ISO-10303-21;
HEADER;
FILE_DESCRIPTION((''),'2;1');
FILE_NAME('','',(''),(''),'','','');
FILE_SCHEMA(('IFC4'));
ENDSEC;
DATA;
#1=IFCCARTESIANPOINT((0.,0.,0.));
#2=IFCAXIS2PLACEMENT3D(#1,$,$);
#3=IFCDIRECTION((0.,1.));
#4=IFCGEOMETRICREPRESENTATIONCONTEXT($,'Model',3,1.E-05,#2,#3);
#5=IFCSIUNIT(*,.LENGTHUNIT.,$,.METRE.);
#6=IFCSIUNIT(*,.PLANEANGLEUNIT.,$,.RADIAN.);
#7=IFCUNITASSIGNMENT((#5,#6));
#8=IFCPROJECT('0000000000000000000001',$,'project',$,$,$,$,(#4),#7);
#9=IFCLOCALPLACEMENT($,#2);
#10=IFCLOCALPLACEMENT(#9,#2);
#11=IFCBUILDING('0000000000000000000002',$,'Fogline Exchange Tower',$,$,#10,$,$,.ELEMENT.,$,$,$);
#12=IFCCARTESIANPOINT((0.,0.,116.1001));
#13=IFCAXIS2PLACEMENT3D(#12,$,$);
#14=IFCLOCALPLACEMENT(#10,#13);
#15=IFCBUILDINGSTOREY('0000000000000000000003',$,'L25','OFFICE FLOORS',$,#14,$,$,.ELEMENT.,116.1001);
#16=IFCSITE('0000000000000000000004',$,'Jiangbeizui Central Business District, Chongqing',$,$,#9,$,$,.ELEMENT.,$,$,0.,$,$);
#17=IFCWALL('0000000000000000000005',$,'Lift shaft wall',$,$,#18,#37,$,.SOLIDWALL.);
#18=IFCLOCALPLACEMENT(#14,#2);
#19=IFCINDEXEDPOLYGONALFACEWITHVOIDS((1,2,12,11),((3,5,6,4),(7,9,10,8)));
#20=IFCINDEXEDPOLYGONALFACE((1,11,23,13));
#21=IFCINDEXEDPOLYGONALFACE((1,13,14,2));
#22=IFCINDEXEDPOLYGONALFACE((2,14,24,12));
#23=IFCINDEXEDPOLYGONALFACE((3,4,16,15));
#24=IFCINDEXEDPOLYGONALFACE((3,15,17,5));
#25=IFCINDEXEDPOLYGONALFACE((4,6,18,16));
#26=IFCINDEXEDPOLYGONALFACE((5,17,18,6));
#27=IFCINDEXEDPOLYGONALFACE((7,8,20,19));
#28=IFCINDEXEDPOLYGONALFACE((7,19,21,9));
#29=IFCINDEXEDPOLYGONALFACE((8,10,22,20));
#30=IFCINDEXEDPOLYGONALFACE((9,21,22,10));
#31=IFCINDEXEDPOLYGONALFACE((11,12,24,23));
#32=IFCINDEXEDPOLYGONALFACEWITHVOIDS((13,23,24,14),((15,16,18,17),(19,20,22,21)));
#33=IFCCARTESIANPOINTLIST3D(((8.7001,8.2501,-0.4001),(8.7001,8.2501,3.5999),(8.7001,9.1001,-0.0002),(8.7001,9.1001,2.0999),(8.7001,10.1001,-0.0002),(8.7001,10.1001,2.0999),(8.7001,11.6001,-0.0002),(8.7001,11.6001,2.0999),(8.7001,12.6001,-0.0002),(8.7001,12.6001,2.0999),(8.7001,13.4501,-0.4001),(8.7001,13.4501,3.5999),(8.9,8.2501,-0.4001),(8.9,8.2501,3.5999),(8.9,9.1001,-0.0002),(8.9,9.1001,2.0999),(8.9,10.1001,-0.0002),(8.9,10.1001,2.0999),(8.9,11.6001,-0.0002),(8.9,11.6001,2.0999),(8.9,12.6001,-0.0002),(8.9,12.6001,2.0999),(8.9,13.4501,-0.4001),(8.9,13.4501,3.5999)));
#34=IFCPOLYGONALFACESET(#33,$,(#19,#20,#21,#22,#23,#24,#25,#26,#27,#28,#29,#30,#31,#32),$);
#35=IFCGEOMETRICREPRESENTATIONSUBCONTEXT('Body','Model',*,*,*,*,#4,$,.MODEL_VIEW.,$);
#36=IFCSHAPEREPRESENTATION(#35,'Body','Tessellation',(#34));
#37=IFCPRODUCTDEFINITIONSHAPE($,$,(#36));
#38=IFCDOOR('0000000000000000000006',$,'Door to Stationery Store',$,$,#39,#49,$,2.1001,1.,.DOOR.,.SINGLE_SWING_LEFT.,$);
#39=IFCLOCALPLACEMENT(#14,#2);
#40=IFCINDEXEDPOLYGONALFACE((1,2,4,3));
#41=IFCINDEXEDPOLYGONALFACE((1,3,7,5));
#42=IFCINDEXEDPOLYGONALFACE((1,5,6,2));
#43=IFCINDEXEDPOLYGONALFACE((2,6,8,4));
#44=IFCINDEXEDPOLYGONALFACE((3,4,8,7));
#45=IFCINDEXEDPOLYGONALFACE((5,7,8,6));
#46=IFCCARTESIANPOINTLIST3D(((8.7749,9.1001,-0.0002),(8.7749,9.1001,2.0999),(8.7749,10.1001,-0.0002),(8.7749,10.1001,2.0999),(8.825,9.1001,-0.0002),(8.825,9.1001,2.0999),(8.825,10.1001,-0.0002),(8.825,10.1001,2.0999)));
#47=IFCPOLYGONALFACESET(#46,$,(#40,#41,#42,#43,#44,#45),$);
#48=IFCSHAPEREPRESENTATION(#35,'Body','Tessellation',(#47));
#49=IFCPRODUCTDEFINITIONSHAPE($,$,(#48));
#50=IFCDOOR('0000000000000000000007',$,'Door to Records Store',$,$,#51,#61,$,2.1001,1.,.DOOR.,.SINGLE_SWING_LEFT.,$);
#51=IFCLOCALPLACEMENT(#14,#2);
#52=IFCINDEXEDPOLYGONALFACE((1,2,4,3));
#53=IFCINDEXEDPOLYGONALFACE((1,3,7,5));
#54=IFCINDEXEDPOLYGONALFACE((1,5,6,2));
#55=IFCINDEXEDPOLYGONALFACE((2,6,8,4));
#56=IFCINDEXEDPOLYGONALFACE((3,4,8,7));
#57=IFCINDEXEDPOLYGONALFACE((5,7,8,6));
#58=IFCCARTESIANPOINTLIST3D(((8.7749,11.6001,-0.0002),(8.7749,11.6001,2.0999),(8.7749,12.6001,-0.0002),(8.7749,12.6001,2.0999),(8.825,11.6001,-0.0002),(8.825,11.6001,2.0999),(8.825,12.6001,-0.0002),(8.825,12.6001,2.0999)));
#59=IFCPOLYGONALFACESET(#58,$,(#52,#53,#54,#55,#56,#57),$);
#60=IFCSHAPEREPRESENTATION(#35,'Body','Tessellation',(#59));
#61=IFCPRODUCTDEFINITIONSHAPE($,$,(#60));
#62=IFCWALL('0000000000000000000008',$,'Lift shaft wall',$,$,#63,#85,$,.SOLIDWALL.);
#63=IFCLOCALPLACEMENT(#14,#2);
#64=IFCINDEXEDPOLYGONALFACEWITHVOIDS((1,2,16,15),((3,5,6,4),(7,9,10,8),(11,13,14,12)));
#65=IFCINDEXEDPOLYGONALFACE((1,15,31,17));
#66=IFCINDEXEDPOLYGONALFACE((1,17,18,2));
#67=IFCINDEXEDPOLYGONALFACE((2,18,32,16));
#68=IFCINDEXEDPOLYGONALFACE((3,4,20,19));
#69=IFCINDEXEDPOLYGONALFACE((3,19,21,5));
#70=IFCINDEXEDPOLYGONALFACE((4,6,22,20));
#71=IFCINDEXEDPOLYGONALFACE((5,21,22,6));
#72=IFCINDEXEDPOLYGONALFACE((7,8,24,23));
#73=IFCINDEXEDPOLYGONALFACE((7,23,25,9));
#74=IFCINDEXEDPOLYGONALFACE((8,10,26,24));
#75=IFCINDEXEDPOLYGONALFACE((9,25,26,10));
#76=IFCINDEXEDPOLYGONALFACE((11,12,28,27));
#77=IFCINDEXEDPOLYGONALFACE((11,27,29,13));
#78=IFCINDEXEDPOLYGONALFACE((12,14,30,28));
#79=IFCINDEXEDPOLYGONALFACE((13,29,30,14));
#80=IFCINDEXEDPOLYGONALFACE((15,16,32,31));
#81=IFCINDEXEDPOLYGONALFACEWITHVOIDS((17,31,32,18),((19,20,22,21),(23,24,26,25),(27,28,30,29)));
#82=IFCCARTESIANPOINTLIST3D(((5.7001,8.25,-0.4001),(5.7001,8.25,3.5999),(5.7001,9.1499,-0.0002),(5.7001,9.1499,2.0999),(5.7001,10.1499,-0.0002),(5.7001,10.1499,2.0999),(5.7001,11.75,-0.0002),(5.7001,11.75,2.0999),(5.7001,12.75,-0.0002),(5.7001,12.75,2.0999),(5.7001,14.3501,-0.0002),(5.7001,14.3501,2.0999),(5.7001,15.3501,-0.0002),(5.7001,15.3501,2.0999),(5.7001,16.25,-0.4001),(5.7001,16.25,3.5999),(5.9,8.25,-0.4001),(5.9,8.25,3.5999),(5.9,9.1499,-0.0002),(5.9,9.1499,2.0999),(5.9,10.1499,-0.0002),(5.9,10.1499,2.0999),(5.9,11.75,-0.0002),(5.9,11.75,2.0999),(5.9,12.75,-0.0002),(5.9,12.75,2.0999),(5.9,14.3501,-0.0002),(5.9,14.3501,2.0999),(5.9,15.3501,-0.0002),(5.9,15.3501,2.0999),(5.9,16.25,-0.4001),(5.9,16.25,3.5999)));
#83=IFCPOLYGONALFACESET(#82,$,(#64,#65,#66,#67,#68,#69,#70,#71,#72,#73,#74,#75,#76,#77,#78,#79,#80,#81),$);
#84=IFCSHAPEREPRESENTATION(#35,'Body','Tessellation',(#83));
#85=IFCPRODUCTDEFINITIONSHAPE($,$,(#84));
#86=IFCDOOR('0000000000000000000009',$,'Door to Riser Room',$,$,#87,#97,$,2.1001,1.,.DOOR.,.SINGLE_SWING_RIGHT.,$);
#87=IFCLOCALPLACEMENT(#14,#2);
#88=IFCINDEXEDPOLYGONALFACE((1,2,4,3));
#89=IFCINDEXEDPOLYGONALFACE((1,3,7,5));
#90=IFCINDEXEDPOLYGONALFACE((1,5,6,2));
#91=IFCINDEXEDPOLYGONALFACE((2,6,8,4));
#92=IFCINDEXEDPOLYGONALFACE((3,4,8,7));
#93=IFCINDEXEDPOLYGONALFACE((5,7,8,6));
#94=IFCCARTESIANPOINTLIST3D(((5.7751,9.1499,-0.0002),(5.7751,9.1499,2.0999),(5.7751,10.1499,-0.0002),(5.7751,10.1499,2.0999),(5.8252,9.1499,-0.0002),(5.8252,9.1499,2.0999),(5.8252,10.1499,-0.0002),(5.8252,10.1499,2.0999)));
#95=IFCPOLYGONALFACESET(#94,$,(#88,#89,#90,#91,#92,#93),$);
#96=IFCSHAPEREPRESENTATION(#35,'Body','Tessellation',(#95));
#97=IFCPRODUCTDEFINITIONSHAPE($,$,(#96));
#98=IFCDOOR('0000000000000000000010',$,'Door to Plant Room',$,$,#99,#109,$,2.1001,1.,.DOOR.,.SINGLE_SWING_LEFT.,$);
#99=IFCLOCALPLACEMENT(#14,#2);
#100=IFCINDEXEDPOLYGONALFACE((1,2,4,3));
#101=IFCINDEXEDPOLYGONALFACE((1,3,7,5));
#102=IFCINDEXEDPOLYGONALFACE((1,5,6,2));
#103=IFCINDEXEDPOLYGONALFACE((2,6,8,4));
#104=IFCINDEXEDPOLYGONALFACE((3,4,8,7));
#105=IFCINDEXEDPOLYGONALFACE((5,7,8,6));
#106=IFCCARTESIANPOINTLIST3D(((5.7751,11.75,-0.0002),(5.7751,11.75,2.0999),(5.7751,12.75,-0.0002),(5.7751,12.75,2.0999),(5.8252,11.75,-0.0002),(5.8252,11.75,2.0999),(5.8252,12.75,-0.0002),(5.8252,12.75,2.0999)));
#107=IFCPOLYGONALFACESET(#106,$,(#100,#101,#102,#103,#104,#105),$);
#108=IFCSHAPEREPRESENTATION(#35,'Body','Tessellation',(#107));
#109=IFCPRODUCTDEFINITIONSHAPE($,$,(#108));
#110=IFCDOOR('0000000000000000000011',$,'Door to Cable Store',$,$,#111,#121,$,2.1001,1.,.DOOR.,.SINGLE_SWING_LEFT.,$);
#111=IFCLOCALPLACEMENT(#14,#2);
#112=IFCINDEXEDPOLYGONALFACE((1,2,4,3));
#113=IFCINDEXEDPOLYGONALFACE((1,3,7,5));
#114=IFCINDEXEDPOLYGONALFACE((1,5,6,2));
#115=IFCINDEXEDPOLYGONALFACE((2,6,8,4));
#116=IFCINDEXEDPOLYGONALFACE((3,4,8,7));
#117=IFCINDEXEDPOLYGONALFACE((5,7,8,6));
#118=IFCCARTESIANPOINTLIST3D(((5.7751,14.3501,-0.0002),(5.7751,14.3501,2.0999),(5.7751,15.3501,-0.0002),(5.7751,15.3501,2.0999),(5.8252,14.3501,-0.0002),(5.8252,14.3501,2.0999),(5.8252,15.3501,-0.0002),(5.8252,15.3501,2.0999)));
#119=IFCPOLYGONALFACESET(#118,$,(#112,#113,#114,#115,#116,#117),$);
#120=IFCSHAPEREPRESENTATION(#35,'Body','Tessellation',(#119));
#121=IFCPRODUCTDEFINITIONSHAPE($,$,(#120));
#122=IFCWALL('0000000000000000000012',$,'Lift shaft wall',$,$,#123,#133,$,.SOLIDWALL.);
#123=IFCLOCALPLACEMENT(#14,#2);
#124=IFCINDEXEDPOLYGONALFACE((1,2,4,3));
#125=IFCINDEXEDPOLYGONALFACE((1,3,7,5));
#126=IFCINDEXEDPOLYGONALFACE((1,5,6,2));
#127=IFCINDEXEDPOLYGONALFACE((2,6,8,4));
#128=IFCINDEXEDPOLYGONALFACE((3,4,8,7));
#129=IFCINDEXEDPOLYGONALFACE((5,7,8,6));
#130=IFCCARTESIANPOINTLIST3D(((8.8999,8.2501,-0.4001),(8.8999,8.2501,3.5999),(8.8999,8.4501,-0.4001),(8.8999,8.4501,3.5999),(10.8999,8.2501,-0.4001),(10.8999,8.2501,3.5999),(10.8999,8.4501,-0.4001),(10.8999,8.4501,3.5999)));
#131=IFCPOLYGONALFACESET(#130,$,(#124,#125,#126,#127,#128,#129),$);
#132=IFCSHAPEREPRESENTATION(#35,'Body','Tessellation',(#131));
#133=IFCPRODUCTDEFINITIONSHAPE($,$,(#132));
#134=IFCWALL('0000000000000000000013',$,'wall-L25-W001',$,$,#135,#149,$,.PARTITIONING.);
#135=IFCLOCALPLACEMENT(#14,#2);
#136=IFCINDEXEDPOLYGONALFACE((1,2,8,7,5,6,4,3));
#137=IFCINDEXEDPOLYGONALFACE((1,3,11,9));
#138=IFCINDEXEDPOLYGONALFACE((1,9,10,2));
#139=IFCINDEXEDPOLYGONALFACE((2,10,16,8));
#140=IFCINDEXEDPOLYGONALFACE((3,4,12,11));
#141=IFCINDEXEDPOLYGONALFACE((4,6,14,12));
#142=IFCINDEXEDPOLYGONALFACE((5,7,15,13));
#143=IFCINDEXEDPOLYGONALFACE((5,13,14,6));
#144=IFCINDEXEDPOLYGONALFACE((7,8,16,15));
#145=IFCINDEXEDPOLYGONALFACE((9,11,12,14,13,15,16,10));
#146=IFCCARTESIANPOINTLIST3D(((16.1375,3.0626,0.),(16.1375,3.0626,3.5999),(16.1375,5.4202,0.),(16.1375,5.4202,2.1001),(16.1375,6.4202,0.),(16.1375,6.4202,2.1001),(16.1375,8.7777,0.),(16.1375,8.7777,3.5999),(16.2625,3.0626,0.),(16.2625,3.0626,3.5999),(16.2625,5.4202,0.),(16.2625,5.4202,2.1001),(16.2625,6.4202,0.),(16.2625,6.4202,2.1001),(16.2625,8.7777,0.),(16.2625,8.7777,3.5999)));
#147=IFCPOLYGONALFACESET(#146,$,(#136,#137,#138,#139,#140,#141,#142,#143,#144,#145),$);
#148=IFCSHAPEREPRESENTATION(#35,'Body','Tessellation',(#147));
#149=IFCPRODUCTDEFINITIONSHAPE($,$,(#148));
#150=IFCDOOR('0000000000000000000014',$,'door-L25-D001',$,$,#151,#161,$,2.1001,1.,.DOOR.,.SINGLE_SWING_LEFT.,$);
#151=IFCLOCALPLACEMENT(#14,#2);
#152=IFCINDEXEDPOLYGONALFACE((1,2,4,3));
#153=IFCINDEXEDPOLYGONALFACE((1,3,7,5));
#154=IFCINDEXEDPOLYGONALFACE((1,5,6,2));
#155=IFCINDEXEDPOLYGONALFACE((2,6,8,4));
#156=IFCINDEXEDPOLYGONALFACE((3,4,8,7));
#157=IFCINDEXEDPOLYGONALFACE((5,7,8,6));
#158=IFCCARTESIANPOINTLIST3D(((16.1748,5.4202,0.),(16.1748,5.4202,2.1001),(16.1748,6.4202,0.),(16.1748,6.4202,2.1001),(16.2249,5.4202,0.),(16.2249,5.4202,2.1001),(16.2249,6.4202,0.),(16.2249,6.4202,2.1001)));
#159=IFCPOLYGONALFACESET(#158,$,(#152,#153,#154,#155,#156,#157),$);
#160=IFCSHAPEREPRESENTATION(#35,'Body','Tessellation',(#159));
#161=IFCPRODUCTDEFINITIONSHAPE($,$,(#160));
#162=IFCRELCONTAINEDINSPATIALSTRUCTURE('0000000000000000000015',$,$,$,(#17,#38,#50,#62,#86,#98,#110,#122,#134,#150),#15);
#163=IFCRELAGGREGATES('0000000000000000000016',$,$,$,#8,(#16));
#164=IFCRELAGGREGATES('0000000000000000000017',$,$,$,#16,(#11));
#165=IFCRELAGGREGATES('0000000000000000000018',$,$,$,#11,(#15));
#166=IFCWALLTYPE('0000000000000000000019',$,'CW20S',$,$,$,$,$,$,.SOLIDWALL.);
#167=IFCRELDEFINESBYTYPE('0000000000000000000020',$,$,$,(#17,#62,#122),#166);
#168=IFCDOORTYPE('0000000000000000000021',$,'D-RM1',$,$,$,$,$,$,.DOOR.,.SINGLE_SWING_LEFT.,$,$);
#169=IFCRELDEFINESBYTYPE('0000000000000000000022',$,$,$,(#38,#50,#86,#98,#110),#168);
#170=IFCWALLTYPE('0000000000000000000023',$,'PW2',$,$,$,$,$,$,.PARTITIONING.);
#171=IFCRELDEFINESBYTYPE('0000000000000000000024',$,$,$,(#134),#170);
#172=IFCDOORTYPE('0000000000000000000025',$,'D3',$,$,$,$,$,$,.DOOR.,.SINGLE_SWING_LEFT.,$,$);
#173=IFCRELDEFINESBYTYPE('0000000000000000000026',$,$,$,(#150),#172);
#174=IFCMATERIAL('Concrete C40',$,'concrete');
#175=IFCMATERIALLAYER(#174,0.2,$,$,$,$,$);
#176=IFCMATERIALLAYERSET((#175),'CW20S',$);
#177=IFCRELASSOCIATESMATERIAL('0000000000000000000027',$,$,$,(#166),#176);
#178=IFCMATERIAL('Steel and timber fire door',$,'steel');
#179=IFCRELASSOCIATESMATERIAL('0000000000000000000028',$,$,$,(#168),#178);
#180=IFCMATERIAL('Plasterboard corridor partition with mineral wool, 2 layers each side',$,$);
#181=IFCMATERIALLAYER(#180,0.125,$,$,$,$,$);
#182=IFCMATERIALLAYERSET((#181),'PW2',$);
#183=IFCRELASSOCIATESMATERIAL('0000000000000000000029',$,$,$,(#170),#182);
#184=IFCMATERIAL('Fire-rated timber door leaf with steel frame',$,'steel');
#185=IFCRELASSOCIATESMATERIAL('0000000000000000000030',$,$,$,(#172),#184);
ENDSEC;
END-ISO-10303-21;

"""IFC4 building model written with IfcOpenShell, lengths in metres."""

from ifc_helpers import new_model, si_unit, direction, frame, frame_2d, origin, place, context, subcontext, project, spatial, rectangle, extrude, material, layer, layer_set, type_object, element, fill, save


model = new_model("IFC4")

# Units and contexts
model_context = context("Model", 3, precision=1e-05, world=origin(), true_north=direction((0.0, 1.0)))
body_context = subcontext(model_context, "Body", "Model", "MODEL_VIEW")
ifc_project = project(units=[si_unit("LENGTHUNIT", "METRE"), si_unit("PLANEANGLEUNIT", "RADIAN")], contexts=[model_context])

# Site, building, storey
site_placement = place(None, origin())
site = spatial("IfcSite", under=ifc_project, at=site_placement, Name="Jiangbeizui Central Business District, Chongqing", CompositionType="ELEMENT", RefElevation=0.0)
building_placement = place(site_placement, origin())
building = spatial("IfcBuilding", under=site, at=building_placement, Name="Fogline Exchange Tower", CompositionType="ELEMENT")
storey_placement = place(building_placement, frame((0.0, 0.0, 116.1001)))
storey = spatial("IfcBuildingStorey", under=building, at=storey_placement, Name="L25", Description="OFFICE FLOORS", CompositionType="ELEMENT", Elevation=116.1001)

# Shared definitions
ifc_material_1 = material(Name="Concrete C40", Category="concrete")

# Shared definitions
ifc_material_2 = material(Name="Steel and timber fire door", Category="steel")

# Walls, openings, doors
ifc_layer_1 = layer(ifc_material_1, 0.2)
ifc_layer_set_1 = layer_set([ifc_layer_1], Name="CW20S")
wall_type_1 = type_object("IfcWallType", Name="CW20S", PredefinedType="SOLIDWALL", material=ifc_layer_set_1)
wall_1_placement = place(storey_placement, frame((8.8, 8.25, -0.4001), z_axis=(0.0, 0.0, 1.0), x_axis=(0.0, 1.0, 0.0)))
wall_1 = element("IfcWall", 1, at=wall_1_placement, inside=storey, type_object=wall_type_1, Name="Lift shaft wall", PredefinedType="SOLIDWALL", context=body_context, shape_type="SweptSolid", body=[
    extrude(rectangle(XDim=5.2, YDim=0.2, at=frame_2d((2.6001, 0.0))), origin(), (0.0, 0.0, 1.0), 4.0),
])
opening_1_placement = place(wall_1_placement, frame((0.8501, 0.0, 0.3999)))
opening_1 = element("IfcOpeningElement", 2, at=opening_1_placement, cuts=wall_1, PredefinedType="OPENING", context=body_context, shape_type="SweptSolid", body=[
    extrude(rectangle(XDim=1.0, YDim=2.1001, at=frame_2d((0.5, 1.05))), frame((0.0, 0.1099, 0.0), z_axis=(0.0, -1.0, 0.0), x_axis=(1.0, 0.0, 0.0)), (0.0, 0.0, 1.0), 0.22),
])
opening_2_placement = place(wall_1_placement, frame((3.3501, 0.0, 0.3999)))
opening_2 = element("IfcOpeningElement", 3, at=opening_2_placement, cuts=wall_1, PredefinedType="OPENING", context=body_context, shape_type="SweptSolid", body=[
    extrude(rectangle(XDim=1.0, YDim=2.1001, at=frame_2d((0.5, 1.05))), frame((0.0, 0.1099, 0.0), z_axis=(0.0, -1.0, 0.0), x_axis=(1.0, 0.0, 0.0)), (0.0, 0.0, 1.0), 0.22),
])
door_type_1 = type_object("IfcDoorType", Name="D-RM1", OperationType="SINGLE_SWING_LEFT", PredefinedType="DOOR", material=ifc_material_2)
door_1_placement = place(opening_1_placement, frame((1.0, 0.0, 0.0), z_axis=(0.0, 0.0, 1.0), x_axis=(-1.0, 0.0, 0.0)))
door_1 = element("IfcDoor", 4, at=door_1_placement, inside=storey, type_object=door_type_1, Name="Door to Stationery Store", OperationType="SINGLE_SWING_LEFT", OverallHeight=2.1001, OverallWidth=1.0, PredefinedType="DOOR", context=body_context, shape_type="SweptSolid", body=[
    extrude(rectangle(XDim=1.0, YDim=2.1001, at=frame_2d((0.5, 1.05))), frame((0.0, 0.0249, 0.0), z_axis=(0.0, -1.0, 0.0), x_axis=(1.0, 0.0, 0.0)), (0.0, 0.0, 1.0), 0.05),
])
fill(opening_1, door_1)
door_2_placement = place(opening_2_placement, frame((1.0, 0.0, 0.0), z_axis=(0.0, 0.0, 1.0), x_axis=(-1.0, 0.0, 0.0)))
door_2 = element("IfcDoor", 5, at=door_2_placement, inside=storey, type_object=door_type_1, Name="Door to Records Store", OperationType="SINGLE_SWING_LEFT", OverallHeight=2.1001, OverallWidth=1.0, PredefinedType="DOOR", context=body_context, shape_type="SweptSolid", body=[
    extrude(rectangle(XDim=1.0, YDim=2.1001, at=frame_2d((0.5, 1.05))), frame((0.0, 0.0249, 0.0), z_axis=(0.0, -1.0, 0.0), x_axis=(1.0, 0.0, 0.0)), (0.0, 0.0, 1.0), 0.05),
])
fill(opening_2, door_2)
wall_2_placement = place(storey_placement, frame((5.8, 8.25, -0.4001), z_axis=(0.0, 0.0, 1.0), x_axis=(0.0, 1.0, 0.0)))
wall_2 = element("IfcWall", 6, at=wall_2_placement, inside=storey, type_object=wall_type_1, Name="Lift shaft wall", PredefinedType="SOLIDWALL", context=body_context, shape_type="SweptSolid", body=[
    extrude(rectangle(XDim=8.0, YDim=0.2, at=frame_2d((4.0, 0.0))), origin(), (0.0, 0.0, 1.0), 4.0),
])
opening_3_placement = place(wall_2_placement, frame((0.8999, 0.0, 0.3999)))
opening_3 = element("IfcOpeningElement", 7, at=opening_3_placement, cuts=wall_2, PredefinedType="OPENING", context=body_context, shape_type="SweptSolid", body=[
    extrude(rectangle(XDim=1.0, YDim=2.1001, at=frame_2d((0.5, 1.05))), frame((0.0, 0.1099, 0.0), z_axis=(0.0, -1.0, 0.0), x_axis=(1.0, 0.0, 0.0)), (0.0, 0.0, 1.0), 0.22),
])
opening_4_placement = place(wall_2_placement, frame((3.5, 0.0, 0.3999)))
opening_4 = element("IfcOpeningElement", 8, at=opening_4_placement, cuts=wall_2, PredefinedType="OPENING", context=body_context, shape_type="SweptSolid", body=[
    extrude(rectangle(XDim=1.0, YDim=2.1001, at=frame_2d((0.5, 1.05))), frame((0.0, 0.1099, 0.0), z_axis=(0.0, -1.0, 0.0), x_axis=(1.0, 0.0, 0.0)), (0.0, 0.0, 1.0), 0.22),
])
opening_5_placement = place(wall_2_placement, frame((6.1001, 0.0, 0.3999)))
opening_5 = element("IfcOpeningElement", 9, at=opening_5_placement, cuts=wall_2, PredefinedType="OPENING", context=body_context, shape_type="SweptSolid", body=[
    extrude(rectangle(XDim=1.0, YDim=2.1001, at=frame_2d((0.5, 1.05))), frame((0.0, 0.1099, 0.0), z_axis=(0.0, -1.0, 0.0), x_axis=(1.0, 0.0, 0.0)), (0.0, 0.0, 1.0), 0.22),
])
door_3_placement = place(opening_3_placement, origin())
door_3 = element("IfcDoor", 10, at=door_3_placement, inside=storey, type_object=door_type_1, Name="Door to Riser Room", OperationType="SINGLE_SWING_RIGHT", OverallHeight=2.1001, OverallWidth=1.0, PredefinedType="DOOR", context=body_context, shape_type="SweptSolid", body=[
    extrude(rectangle(XDim=1.0, YDim=2.1001, at=frame_2d((0.5, 1.05))), frame((0.0, 0.0249, 0.0), z_axis=(0.0, -1.0, 0.0), x_axis=(1.0, 0.0, 0.0)), (0.0, 0.0, 1.0), 0.05),
])
fill(opening_3, door_3)
door_4_placement = place(opening_4_placement, origin())
door_4 = element("IfcDoor", 11, at=door_4_placement, inside=storey, type_object=door_type_1, Name="Door to Plant Room", OperationType="SINGLE_SWING_LEFT", OverallHeight=2.1001, OverallWidth=1.0, PredefinedType="DOOR", context=body_context, shape_type="SweptSolid", body=[
    extrude(rectangle(XDim=1.0, YDim=2.1001, at=frame_2d((0.5, 1.05))), frame((0.0, 0.0249, 0.0), z_axis=(0.0, -1.0, 0.0), x_axis=(1.0, 0.0, 0.0)), (0.0, 0.0, 1.0), 0.05),
])
fill(opening_4, door_4)
door_5_placement = place(opening_5_placement, origin())
door_5 = element("IfcDoor", 12, at=door_5_placement, inside=storey, type_object=door_type_1, Name="Door to Cable Store", OperationType="SINGLE_SWING_LEFT", OverallHeight=2.1001, OverallWidth=1.0, PredefinedType="DOOR", context=body_context, shape_type="SweptSolid", body=[
    extrude(rectangle(XDim=1.0, YDim=2.1001, at=frame_2d((0.5, 1.05))), frame((0.0, 0.0249, 0.0), z_axis=(0.0, -1.0, 0.0), x_axis=(1.0, 0.0, 0.0)), (0.0, 0.0, 1.0), 0.05),
])
fill(opening_5, door_5)

# Wall
wall_3_placement = place(storey_placement, frame((8.8999, 8.3501, -0.4001), z_axis=(0.0, 0.0, 1.0), x_axis=(1.0, 0.0, 0.0)))
element("IfcWall", 13, at=wall_3_placement, inside=storey, type_object=wall_type_1, Name="Lift shaft wall", PredefinedType="SOLIDWALL", context=body_context, shape_type="SweptSolid", body=[
    extrude(rectangle(XDim=2.0, YDim=0.2, at=frame_2d((1.0, 0.0))), origin(), (0.0, 0.0, 1.0), 4.0),
])

# Wall, opening, door
ifc_material_3 = material(Name="Plasterboard corridor partition with mineral wool, 2 layers each side")
ifc_layer_2 = layer(ifc_material_3, 0.125)
ifc_layer_set_2 = layer_set([ifc_layer_2], Name="PW2")
wall_type_2 = type_object("IfcWallType", Name="PW2", PredefinedType="PARTITIONING", material=ifc_layer_set_2)
wall_4_placement = place(storey_placement, frame((16.2, 8.7776, 0.0), z_axis=(0.0, 0.0, 1.0), x_axis=(0.0, -1.0, 0.0)))
wall_4 = element("IfcWall", 14, at=wall_4_placement, inside=storey, type_object=wall_type_2, Name="wall-L25-W001", PredefinedType="PARTITIONING", context=body_context, shape_type="SweptSolid", body=[
    extrude(rectangle(XDim=5.7151, YDim=0.125, at=frame_2d((2.8574, 0.0))), origin(), (0.0, 0.0, 1.0), 3.5999),
])
opening_6_placement = place(wall_4_placement, frame((2.3574, 0.0, 0.0)))
opening_6 = element("IfcOpeningElement", 15, at=opening_6_placement, cuts=wall_4, PredefinedType="OPENING", context=body_context, shape_type="SweptSolid", body=[
    extrude(rectangle(XDim=1.0, YDim=2.1001, at=frame_2d((0.5, 1.05))), frame((0.0, 0.0725, 0.0), z_axis=(0.0, -1.0, 0.0), x_axis=(1.0, 0.0, 0.0)), (0.0, 0.0, 1.0), 0.145),
])
ifc_material_4 = material(Name="Fire-rated timber door leaf with steel frame", Category="steel")
door_type_2 = type_object("IfcDoorType", Name="D3", OperationType="SINGLE_SWING_LEFT", PredefinedType="DOOR", material=ifc_material_4)
door_6_placement = place(opening_6_placement, origin())
door_6 = element("IfcDoor", 16, at=door_6_placement, inside=storey, type_object=door_type_2, Name="door-L25-D001", OperationType="SINGLE_SWING_LEFT", OverallHeight=2.1001, OverallWidth=1.0, PredefinedType="DOOR", context=body_context, shape_type="SweptSolid", body=[
    extrude(rectangle(XDim=1.0, YDim=2.1001, at=frame_2d((0.5, 1.05))), frame((0.0, 0.0249, 0.0), z_axis=(0.0, -1.0, 0.0), x_axis=(1.0, 0.0, 0.0)), (0.0, 0.0, 1.0), 0.05),
])
fill(opening_6, door_6)

save(model, "model.ifc")
